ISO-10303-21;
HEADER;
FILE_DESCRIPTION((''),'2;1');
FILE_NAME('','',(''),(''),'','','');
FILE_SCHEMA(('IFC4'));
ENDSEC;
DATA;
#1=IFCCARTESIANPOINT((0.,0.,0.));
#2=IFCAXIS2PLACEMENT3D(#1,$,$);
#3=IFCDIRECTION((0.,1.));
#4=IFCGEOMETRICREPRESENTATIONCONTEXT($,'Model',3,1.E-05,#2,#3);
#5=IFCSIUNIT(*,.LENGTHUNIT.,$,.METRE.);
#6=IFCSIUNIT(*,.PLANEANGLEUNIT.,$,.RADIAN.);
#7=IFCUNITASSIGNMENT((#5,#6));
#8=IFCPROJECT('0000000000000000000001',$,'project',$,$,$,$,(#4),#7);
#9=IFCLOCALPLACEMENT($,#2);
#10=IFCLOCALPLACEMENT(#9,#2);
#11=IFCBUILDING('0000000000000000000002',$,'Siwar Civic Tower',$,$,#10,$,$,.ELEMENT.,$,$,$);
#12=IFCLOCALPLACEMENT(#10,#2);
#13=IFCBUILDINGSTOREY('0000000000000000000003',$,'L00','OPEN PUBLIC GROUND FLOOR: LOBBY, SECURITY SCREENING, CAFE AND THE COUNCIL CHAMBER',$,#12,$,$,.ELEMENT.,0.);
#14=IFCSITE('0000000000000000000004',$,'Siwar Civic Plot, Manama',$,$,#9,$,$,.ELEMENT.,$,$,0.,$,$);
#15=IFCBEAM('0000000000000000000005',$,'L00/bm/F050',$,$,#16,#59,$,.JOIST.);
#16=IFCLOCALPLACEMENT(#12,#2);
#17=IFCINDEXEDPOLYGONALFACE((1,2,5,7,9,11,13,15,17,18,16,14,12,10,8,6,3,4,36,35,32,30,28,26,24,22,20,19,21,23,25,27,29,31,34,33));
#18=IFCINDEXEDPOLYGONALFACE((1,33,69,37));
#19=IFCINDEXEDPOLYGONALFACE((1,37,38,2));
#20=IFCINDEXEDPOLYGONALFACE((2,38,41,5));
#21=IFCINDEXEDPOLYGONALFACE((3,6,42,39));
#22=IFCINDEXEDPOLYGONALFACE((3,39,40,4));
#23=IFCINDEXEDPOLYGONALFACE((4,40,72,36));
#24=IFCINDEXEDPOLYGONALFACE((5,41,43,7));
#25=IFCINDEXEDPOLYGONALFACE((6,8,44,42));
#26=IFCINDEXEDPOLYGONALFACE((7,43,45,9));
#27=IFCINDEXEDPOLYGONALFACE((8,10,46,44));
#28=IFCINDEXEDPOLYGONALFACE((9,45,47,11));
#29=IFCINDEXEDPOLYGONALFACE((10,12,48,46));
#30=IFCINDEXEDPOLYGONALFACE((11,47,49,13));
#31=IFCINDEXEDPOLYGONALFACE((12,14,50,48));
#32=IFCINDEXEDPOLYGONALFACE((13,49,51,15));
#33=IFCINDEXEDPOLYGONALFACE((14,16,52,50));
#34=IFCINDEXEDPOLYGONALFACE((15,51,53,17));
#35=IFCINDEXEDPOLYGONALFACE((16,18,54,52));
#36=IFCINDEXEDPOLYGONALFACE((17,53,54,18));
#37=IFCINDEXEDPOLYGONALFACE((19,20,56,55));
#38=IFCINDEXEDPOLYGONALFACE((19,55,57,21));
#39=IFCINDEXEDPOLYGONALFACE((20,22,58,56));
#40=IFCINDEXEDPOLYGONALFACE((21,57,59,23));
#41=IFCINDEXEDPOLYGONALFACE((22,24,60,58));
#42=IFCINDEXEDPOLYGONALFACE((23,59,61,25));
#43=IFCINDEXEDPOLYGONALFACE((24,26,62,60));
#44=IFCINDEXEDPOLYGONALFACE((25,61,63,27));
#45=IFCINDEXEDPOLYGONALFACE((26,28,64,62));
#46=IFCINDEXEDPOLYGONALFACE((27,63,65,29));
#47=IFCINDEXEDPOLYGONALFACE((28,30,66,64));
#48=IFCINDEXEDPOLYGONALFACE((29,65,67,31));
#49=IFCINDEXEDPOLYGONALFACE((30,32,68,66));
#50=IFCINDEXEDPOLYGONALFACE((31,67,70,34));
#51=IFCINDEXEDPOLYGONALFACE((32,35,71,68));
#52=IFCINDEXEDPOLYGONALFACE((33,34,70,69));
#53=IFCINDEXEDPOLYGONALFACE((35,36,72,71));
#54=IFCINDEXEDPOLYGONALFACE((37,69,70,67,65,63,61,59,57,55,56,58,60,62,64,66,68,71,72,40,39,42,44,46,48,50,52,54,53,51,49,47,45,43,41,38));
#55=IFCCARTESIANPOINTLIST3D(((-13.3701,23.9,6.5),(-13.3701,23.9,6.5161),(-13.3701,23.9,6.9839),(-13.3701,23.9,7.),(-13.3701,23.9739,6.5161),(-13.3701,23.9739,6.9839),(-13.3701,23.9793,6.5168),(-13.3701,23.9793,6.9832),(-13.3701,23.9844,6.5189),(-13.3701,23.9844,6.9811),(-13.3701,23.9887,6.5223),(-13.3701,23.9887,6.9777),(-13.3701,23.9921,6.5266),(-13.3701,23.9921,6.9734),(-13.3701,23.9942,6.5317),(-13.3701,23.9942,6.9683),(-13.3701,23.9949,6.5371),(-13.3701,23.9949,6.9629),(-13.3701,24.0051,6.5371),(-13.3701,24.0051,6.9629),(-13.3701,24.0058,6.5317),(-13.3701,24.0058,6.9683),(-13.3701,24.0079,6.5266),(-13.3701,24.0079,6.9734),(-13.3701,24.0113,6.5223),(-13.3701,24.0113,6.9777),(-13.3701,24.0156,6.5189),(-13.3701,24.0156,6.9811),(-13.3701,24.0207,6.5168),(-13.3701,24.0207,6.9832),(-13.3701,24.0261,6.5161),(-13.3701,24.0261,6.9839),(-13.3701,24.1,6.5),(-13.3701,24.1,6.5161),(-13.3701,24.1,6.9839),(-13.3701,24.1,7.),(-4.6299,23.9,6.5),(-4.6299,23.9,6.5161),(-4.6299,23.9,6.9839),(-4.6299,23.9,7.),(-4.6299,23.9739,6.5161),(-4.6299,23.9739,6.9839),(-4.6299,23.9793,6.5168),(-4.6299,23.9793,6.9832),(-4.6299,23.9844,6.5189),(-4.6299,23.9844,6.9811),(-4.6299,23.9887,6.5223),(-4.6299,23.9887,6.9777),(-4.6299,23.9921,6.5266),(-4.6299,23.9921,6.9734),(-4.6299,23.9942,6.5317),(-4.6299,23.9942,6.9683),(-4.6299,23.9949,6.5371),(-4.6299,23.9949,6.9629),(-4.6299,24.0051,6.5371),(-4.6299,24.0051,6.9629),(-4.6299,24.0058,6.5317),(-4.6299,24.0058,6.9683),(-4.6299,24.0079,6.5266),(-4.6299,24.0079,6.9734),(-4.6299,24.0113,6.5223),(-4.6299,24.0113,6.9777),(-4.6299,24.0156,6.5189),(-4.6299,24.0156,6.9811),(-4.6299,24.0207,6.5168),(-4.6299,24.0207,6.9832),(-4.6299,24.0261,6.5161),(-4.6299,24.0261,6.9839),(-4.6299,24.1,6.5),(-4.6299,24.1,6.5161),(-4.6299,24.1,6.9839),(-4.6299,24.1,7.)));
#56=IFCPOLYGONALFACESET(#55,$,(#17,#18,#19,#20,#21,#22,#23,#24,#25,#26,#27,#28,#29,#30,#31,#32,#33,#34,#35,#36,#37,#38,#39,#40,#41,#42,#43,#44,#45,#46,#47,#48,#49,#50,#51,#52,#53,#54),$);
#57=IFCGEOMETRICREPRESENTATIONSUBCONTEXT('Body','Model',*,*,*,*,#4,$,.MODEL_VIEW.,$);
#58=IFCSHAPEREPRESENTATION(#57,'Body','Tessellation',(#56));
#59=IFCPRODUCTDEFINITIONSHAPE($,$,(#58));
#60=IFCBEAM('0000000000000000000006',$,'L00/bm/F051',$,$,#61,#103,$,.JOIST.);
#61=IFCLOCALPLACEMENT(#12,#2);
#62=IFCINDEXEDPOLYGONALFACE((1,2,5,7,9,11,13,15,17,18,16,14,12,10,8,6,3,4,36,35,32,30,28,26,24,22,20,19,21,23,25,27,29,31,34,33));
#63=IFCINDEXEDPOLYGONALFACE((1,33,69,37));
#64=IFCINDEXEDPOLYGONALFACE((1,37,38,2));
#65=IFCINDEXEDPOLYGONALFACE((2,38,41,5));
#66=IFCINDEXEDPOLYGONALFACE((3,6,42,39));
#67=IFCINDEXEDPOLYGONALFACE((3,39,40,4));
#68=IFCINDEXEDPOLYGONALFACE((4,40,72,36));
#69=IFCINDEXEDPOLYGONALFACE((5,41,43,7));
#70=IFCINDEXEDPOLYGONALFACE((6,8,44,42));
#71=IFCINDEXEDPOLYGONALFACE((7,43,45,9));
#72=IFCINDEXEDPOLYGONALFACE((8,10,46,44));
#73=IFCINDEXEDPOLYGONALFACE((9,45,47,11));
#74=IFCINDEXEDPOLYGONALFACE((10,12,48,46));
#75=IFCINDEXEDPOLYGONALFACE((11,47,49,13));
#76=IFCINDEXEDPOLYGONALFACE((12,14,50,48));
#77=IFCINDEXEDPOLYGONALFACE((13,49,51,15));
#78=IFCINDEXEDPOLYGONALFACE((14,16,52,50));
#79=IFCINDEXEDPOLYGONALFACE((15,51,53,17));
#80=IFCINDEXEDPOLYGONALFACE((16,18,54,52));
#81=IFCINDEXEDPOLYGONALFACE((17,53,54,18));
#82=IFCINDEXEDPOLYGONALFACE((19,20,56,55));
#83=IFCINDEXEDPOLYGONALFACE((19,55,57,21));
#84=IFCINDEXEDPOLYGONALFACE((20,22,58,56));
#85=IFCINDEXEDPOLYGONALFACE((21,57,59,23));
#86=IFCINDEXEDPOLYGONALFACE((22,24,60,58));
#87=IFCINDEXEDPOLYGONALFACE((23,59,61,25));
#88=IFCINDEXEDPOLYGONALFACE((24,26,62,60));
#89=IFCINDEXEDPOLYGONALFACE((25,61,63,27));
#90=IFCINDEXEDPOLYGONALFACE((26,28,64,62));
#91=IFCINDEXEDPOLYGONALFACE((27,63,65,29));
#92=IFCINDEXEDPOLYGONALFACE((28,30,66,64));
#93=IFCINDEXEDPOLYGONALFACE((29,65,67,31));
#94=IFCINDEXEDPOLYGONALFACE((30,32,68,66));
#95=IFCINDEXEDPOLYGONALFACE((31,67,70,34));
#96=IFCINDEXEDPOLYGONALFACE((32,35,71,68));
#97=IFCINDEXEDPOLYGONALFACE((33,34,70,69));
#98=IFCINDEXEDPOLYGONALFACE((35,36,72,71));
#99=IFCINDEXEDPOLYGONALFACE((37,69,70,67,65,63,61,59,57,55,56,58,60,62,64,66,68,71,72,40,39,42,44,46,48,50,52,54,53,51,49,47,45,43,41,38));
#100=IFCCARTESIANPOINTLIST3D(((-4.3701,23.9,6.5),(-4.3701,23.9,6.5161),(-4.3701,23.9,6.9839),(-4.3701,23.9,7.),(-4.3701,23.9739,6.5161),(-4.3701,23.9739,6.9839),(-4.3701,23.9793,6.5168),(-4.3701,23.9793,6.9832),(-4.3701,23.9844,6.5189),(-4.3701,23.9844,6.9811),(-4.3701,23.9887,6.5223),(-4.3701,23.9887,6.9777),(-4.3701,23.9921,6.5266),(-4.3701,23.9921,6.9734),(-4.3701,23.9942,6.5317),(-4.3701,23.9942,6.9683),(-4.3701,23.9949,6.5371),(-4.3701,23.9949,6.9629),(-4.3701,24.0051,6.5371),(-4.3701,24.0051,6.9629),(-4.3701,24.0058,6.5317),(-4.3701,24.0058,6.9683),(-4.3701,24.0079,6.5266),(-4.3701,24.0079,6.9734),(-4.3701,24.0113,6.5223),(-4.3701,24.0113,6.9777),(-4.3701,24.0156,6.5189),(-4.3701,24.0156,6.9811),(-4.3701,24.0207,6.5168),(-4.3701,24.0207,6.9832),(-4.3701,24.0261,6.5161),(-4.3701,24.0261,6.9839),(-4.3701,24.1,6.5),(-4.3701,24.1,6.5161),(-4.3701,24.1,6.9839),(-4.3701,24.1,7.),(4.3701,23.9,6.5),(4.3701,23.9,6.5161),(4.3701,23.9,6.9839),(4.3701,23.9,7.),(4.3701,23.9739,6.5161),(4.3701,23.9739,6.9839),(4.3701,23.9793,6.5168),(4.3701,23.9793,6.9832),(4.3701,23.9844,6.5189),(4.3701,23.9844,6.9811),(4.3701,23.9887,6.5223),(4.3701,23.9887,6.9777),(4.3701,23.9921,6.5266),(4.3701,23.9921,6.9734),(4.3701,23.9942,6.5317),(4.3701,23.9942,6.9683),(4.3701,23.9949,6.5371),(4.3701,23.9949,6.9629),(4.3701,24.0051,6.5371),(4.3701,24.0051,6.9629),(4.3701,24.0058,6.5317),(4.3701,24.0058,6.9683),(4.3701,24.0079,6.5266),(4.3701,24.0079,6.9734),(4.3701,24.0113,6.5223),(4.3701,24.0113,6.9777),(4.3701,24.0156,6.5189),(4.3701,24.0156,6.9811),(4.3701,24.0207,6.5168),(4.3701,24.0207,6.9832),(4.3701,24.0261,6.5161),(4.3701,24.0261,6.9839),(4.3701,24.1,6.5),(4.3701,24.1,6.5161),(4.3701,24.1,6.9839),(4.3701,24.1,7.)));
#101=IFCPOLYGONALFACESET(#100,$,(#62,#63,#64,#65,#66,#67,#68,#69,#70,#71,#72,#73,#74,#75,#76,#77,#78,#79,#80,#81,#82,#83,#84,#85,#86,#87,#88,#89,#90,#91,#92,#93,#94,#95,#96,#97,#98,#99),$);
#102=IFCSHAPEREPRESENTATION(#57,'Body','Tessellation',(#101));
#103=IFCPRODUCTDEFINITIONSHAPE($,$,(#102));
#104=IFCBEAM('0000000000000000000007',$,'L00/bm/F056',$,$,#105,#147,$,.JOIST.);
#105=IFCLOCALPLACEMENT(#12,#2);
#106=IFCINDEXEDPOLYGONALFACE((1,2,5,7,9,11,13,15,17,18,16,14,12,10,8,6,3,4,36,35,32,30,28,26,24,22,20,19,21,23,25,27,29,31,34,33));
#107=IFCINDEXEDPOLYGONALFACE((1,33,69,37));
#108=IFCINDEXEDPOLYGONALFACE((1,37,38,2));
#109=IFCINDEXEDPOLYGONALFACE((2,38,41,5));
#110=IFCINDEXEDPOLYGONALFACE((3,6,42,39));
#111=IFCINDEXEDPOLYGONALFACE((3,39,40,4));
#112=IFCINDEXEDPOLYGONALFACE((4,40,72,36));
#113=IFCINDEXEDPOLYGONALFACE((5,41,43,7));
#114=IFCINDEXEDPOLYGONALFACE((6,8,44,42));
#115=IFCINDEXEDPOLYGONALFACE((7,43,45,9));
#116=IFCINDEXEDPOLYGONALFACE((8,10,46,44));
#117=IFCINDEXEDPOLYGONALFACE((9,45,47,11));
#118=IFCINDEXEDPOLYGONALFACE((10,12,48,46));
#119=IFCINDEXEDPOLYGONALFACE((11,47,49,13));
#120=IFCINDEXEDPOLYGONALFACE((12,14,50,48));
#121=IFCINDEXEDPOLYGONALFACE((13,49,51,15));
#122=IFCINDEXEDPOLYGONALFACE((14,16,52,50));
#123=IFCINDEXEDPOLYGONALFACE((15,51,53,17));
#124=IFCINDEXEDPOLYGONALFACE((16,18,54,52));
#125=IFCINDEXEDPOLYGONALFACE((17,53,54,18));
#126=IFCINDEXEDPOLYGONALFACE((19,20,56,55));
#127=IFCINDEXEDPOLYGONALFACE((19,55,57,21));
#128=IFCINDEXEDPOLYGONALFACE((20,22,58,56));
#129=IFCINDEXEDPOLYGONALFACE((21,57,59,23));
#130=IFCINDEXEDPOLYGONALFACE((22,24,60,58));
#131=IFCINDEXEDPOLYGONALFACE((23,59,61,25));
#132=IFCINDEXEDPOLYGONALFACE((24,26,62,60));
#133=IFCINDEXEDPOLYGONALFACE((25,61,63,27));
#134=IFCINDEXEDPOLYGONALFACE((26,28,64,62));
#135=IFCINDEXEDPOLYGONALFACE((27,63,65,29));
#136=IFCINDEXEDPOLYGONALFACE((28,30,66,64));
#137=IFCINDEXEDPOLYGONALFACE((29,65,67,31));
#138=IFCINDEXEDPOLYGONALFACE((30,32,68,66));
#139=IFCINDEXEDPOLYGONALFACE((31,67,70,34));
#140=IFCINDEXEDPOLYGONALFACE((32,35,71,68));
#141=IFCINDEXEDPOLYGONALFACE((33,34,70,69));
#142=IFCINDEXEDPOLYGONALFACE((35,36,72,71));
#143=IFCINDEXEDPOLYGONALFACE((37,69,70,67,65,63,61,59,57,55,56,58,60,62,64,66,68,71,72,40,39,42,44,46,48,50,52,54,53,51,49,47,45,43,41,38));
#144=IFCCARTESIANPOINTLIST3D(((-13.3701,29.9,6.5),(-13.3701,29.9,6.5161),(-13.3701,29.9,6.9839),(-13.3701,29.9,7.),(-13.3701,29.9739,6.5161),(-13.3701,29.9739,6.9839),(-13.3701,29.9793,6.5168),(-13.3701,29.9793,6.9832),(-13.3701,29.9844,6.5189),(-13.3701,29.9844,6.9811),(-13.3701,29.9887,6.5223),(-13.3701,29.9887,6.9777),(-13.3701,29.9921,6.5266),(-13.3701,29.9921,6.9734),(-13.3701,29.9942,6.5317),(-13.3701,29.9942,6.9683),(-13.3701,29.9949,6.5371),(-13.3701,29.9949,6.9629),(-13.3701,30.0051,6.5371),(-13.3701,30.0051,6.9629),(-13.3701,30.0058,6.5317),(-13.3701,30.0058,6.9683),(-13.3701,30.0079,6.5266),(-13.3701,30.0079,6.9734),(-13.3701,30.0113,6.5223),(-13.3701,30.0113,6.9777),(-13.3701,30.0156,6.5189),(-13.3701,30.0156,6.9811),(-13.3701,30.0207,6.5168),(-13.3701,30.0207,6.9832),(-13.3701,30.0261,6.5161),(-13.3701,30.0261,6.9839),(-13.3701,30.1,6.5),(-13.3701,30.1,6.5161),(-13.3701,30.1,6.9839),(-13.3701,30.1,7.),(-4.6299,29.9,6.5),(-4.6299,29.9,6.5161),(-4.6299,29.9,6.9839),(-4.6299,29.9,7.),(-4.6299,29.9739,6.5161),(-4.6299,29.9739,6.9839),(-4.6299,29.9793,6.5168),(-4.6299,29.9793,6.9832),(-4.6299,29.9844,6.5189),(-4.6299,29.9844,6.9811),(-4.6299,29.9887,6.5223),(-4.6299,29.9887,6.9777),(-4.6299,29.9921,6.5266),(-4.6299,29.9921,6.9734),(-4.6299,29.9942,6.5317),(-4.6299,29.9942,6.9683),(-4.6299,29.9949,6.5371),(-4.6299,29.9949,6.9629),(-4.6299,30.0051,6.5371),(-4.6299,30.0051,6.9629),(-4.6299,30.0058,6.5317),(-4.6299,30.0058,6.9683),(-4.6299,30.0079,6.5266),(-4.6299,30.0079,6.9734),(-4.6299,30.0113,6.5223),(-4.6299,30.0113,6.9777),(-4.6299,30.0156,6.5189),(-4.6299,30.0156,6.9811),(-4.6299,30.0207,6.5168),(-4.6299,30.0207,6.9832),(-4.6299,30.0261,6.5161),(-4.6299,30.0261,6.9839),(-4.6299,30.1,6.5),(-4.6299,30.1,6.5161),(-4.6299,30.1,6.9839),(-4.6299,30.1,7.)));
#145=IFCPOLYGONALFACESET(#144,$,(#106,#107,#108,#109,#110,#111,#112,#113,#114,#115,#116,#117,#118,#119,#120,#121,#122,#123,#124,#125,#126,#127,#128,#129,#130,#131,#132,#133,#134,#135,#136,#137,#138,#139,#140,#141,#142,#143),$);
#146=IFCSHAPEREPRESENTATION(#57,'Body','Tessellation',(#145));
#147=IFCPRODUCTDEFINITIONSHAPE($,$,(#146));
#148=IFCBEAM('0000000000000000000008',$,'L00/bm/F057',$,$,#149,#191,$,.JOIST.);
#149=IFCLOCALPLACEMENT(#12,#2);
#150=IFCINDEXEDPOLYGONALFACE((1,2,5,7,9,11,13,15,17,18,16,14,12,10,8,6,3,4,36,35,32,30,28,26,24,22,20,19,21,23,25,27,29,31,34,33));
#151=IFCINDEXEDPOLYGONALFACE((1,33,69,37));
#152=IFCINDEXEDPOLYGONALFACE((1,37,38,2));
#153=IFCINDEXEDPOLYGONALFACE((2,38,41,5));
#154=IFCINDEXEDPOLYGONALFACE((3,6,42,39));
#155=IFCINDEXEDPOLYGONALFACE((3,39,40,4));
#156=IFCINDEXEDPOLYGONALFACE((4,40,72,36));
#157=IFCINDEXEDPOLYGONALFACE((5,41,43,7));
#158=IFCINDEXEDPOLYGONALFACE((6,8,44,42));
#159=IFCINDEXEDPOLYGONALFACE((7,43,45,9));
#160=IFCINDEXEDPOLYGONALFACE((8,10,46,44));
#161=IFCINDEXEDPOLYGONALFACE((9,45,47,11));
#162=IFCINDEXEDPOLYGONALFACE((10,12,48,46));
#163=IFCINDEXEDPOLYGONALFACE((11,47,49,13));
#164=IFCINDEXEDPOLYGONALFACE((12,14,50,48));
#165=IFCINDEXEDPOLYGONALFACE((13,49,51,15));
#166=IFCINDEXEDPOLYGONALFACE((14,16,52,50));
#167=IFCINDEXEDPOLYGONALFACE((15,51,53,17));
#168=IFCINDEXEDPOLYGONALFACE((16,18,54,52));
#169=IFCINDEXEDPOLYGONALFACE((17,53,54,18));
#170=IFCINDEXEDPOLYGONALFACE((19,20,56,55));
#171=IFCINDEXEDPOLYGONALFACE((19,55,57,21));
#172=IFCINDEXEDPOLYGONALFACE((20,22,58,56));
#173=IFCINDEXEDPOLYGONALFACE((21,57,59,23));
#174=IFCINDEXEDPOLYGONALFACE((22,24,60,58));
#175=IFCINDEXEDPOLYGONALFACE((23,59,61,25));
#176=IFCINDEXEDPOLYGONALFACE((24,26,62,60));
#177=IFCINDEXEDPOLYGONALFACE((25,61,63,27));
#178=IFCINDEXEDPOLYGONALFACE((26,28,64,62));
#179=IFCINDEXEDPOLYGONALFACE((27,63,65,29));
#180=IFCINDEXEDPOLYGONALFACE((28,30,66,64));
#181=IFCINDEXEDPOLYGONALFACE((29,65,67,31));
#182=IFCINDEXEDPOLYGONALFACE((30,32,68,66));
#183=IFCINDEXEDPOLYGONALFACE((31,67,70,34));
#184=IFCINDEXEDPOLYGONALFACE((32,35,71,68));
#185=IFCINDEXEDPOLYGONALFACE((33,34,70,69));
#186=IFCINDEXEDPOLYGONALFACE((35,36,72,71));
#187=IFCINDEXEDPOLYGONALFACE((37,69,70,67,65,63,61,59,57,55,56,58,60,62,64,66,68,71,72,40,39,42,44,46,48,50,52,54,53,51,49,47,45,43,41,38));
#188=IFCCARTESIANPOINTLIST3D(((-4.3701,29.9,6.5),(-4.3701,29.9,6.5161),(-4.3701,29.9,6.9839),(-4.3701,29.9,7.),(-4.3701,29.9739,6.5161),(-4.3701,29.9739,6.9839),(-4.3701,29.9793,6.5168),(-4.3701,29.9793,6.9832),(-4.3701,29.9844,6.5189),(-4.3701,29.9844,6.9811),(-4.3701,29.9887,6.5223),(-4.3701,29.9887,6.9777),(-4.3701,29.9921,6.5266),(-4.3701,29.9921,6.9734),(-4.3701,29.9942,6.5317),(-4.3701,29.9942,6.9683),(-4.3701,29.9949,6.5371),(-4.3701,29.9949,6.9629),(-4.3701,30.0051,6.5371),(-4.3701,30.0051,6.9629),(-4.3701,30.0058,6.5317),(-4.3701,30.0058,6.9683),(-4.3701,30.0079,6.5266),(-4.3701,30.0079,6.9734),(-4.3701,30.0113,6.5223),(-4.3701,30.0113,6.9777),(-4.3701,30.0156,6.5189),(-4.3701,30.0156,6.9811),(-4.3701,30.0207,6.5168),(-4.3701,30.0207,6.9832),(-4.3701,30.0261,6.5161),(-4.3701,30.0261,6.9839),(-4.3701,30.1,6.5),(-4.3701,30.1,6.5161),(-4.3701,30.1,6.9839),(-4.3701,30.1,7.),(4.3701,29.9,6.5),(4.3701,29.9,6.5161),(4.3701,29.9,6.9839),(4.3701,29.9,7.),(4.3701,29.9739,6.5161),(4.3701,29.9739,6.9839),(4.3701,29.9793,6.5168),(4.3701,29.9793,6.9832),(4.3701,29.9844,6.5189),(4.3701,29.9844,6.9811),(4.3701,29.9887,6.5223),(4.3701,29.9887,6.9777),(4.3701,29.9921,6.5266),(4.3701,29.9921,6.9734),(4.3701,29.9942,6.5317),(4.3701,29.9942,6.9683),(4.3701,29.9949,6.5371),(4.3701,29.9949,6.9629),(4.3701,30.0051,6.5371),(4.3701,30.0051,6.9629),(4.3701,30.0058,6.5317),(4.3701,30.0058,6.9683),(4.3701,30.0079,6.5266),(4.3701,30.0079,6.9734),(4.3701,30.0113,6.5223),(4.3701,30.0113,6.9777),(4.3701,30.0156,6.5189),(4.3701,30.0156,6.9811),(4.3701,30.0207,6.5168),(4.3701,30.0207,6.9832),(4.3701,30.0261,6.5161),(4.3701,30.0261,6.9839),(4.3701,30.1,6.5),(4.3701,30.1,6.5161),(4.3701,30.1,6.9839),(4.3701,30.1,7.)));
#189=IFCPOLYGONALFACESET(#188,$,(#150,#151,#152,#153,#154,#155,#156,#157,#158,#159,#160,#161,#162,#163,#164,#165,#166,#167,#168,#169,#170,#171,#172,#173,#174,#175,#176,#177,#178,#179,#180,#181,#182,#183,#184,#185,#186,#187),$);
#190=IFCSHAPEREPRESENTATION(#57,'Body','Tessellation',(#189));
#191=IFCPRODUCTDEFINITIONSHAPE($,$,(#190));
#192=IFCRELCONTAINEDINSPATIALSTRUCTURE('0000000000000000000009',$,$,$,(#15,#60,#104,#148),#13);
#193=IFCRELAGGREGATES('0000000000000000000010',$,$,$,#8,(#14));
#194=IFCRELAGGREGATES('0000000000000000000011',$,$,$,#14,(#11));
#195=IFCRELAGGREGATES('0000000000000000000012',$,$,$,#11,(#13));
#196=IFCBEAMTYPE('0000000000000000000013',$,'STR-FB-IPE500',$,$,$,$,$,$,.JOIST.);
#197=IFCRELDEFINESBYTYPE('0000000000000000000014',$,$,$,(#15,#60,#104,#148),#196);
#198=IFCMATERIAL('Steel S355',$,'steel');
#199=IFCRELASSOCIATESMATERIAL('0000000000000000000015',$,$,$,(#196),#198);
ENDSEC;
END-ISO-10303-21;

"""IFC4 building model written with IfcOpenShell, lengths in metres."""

from ifc_helpers import new_model, si_unit, direction, frame, origin, origin_2d, place, context, subcontext, project, spatial, i_section, extrude, material, material_profile, profile_set, type_object, element, save


model = new_model("IFC4")

# Units and contexts
model_context = context("Model", 3, precision=1e-05, world=origin(), true_north=direction((0.0, 1.0)))
body_context = subcontext(model_context, "Body", "Model", "MODEL_VIEW")
ifc_project = project(units=[si_unit("LENGTHUNIT", "METRE"), si_unit("PLANEANGLEUNIT", "RADIAN")], contexts=[model_context])

# Site, building, storey
site_placement = place(None, origin())
site = spatial("IfcSite", under=ifc_project, at=site_placement, Name="Siwar Civic Plot, Manama", CompositionType="ELEMENT", RefElevation=0.0)
building_placement = place(site_placement, origin())
building = spatial("IfcBuilding", under=site, at=building_placement, Name="Siwar Civic Tower", CompositionType="ELEMENT")
storey_placement = place(building_placement, origin())
storey = spatial("IfcBuildingStorey", under=building, at=storey_placement, Name="L00", Description="OPEN PUBLIC GROUND FLOOR: LOBBY, SECURITY SCREENING, CAFE AND THE COUNCIL CHAMBER", CompositionType="ELEMENT", Elevation=0.0)

# Beams
ifc_material_1 = material(Name="Steel S355", Category="steel")
ifc_material_profile_1 = material_profile(ifc_material_1, i_section(OverallWidth=0.2, OverallDepth=0.5, WebThickness=0.0103, FlangeThickness=0.0161, FilletRadius=0.021, at=origin_2d()), Name="IPE500")
ifc_profile_set_1 = profile_set([ifc_material_profile_1], Name="Steel S355")
beam_type_1 = type_object("IfcBeamType", Name="STR-FB-IPE500", PredefinedType="JOIST", material=ifc_profile_set_1)
for number, where, z_axis, x_axis, name in (
    (1, (-13.3701, 24.0, 6.75), (1.0, 0.0, 0.0), (0.0, 1.0, 0.0), "L00/bm/F050"),
    (2, (-4.3701, 24.0, 6.75), (1.0, 0.0, 0.0), (0.0, 1.0, 0.0), "L00/bm/F051"),
    (3, (-13.3701, 30.0, 6.75), (1.0, 0.0, 0.0), (0.0, 1.0, 0.0), "L00/bm/F056"),
    (4, (-4.3701, 30.0, 6.75), (1.0, 0.0, 0.0), (0.0, 1.0, 0.0), "L00/bm/F057"),
):
    element("IfcBeam", number, at=place(storey_placement, frame(where, z_axis=z_axis, x_axis=x_axis)), inside=storey, type_object=beam_type_1, Name=name, PredefinedType="JOIST", context=body_context, shape_type="SweptSolid", body=[
        extrude(i_section(OverallWidth=0.2, OverallDepth=0.5, WebThickness=0.0103, FlangeThickness=0.0161, FilletRadius=0.021, at=origin_2d()), origin(), (0.0, 0.0, 1.0), 8.7402),
    ])

save(model, "model.ifc")
